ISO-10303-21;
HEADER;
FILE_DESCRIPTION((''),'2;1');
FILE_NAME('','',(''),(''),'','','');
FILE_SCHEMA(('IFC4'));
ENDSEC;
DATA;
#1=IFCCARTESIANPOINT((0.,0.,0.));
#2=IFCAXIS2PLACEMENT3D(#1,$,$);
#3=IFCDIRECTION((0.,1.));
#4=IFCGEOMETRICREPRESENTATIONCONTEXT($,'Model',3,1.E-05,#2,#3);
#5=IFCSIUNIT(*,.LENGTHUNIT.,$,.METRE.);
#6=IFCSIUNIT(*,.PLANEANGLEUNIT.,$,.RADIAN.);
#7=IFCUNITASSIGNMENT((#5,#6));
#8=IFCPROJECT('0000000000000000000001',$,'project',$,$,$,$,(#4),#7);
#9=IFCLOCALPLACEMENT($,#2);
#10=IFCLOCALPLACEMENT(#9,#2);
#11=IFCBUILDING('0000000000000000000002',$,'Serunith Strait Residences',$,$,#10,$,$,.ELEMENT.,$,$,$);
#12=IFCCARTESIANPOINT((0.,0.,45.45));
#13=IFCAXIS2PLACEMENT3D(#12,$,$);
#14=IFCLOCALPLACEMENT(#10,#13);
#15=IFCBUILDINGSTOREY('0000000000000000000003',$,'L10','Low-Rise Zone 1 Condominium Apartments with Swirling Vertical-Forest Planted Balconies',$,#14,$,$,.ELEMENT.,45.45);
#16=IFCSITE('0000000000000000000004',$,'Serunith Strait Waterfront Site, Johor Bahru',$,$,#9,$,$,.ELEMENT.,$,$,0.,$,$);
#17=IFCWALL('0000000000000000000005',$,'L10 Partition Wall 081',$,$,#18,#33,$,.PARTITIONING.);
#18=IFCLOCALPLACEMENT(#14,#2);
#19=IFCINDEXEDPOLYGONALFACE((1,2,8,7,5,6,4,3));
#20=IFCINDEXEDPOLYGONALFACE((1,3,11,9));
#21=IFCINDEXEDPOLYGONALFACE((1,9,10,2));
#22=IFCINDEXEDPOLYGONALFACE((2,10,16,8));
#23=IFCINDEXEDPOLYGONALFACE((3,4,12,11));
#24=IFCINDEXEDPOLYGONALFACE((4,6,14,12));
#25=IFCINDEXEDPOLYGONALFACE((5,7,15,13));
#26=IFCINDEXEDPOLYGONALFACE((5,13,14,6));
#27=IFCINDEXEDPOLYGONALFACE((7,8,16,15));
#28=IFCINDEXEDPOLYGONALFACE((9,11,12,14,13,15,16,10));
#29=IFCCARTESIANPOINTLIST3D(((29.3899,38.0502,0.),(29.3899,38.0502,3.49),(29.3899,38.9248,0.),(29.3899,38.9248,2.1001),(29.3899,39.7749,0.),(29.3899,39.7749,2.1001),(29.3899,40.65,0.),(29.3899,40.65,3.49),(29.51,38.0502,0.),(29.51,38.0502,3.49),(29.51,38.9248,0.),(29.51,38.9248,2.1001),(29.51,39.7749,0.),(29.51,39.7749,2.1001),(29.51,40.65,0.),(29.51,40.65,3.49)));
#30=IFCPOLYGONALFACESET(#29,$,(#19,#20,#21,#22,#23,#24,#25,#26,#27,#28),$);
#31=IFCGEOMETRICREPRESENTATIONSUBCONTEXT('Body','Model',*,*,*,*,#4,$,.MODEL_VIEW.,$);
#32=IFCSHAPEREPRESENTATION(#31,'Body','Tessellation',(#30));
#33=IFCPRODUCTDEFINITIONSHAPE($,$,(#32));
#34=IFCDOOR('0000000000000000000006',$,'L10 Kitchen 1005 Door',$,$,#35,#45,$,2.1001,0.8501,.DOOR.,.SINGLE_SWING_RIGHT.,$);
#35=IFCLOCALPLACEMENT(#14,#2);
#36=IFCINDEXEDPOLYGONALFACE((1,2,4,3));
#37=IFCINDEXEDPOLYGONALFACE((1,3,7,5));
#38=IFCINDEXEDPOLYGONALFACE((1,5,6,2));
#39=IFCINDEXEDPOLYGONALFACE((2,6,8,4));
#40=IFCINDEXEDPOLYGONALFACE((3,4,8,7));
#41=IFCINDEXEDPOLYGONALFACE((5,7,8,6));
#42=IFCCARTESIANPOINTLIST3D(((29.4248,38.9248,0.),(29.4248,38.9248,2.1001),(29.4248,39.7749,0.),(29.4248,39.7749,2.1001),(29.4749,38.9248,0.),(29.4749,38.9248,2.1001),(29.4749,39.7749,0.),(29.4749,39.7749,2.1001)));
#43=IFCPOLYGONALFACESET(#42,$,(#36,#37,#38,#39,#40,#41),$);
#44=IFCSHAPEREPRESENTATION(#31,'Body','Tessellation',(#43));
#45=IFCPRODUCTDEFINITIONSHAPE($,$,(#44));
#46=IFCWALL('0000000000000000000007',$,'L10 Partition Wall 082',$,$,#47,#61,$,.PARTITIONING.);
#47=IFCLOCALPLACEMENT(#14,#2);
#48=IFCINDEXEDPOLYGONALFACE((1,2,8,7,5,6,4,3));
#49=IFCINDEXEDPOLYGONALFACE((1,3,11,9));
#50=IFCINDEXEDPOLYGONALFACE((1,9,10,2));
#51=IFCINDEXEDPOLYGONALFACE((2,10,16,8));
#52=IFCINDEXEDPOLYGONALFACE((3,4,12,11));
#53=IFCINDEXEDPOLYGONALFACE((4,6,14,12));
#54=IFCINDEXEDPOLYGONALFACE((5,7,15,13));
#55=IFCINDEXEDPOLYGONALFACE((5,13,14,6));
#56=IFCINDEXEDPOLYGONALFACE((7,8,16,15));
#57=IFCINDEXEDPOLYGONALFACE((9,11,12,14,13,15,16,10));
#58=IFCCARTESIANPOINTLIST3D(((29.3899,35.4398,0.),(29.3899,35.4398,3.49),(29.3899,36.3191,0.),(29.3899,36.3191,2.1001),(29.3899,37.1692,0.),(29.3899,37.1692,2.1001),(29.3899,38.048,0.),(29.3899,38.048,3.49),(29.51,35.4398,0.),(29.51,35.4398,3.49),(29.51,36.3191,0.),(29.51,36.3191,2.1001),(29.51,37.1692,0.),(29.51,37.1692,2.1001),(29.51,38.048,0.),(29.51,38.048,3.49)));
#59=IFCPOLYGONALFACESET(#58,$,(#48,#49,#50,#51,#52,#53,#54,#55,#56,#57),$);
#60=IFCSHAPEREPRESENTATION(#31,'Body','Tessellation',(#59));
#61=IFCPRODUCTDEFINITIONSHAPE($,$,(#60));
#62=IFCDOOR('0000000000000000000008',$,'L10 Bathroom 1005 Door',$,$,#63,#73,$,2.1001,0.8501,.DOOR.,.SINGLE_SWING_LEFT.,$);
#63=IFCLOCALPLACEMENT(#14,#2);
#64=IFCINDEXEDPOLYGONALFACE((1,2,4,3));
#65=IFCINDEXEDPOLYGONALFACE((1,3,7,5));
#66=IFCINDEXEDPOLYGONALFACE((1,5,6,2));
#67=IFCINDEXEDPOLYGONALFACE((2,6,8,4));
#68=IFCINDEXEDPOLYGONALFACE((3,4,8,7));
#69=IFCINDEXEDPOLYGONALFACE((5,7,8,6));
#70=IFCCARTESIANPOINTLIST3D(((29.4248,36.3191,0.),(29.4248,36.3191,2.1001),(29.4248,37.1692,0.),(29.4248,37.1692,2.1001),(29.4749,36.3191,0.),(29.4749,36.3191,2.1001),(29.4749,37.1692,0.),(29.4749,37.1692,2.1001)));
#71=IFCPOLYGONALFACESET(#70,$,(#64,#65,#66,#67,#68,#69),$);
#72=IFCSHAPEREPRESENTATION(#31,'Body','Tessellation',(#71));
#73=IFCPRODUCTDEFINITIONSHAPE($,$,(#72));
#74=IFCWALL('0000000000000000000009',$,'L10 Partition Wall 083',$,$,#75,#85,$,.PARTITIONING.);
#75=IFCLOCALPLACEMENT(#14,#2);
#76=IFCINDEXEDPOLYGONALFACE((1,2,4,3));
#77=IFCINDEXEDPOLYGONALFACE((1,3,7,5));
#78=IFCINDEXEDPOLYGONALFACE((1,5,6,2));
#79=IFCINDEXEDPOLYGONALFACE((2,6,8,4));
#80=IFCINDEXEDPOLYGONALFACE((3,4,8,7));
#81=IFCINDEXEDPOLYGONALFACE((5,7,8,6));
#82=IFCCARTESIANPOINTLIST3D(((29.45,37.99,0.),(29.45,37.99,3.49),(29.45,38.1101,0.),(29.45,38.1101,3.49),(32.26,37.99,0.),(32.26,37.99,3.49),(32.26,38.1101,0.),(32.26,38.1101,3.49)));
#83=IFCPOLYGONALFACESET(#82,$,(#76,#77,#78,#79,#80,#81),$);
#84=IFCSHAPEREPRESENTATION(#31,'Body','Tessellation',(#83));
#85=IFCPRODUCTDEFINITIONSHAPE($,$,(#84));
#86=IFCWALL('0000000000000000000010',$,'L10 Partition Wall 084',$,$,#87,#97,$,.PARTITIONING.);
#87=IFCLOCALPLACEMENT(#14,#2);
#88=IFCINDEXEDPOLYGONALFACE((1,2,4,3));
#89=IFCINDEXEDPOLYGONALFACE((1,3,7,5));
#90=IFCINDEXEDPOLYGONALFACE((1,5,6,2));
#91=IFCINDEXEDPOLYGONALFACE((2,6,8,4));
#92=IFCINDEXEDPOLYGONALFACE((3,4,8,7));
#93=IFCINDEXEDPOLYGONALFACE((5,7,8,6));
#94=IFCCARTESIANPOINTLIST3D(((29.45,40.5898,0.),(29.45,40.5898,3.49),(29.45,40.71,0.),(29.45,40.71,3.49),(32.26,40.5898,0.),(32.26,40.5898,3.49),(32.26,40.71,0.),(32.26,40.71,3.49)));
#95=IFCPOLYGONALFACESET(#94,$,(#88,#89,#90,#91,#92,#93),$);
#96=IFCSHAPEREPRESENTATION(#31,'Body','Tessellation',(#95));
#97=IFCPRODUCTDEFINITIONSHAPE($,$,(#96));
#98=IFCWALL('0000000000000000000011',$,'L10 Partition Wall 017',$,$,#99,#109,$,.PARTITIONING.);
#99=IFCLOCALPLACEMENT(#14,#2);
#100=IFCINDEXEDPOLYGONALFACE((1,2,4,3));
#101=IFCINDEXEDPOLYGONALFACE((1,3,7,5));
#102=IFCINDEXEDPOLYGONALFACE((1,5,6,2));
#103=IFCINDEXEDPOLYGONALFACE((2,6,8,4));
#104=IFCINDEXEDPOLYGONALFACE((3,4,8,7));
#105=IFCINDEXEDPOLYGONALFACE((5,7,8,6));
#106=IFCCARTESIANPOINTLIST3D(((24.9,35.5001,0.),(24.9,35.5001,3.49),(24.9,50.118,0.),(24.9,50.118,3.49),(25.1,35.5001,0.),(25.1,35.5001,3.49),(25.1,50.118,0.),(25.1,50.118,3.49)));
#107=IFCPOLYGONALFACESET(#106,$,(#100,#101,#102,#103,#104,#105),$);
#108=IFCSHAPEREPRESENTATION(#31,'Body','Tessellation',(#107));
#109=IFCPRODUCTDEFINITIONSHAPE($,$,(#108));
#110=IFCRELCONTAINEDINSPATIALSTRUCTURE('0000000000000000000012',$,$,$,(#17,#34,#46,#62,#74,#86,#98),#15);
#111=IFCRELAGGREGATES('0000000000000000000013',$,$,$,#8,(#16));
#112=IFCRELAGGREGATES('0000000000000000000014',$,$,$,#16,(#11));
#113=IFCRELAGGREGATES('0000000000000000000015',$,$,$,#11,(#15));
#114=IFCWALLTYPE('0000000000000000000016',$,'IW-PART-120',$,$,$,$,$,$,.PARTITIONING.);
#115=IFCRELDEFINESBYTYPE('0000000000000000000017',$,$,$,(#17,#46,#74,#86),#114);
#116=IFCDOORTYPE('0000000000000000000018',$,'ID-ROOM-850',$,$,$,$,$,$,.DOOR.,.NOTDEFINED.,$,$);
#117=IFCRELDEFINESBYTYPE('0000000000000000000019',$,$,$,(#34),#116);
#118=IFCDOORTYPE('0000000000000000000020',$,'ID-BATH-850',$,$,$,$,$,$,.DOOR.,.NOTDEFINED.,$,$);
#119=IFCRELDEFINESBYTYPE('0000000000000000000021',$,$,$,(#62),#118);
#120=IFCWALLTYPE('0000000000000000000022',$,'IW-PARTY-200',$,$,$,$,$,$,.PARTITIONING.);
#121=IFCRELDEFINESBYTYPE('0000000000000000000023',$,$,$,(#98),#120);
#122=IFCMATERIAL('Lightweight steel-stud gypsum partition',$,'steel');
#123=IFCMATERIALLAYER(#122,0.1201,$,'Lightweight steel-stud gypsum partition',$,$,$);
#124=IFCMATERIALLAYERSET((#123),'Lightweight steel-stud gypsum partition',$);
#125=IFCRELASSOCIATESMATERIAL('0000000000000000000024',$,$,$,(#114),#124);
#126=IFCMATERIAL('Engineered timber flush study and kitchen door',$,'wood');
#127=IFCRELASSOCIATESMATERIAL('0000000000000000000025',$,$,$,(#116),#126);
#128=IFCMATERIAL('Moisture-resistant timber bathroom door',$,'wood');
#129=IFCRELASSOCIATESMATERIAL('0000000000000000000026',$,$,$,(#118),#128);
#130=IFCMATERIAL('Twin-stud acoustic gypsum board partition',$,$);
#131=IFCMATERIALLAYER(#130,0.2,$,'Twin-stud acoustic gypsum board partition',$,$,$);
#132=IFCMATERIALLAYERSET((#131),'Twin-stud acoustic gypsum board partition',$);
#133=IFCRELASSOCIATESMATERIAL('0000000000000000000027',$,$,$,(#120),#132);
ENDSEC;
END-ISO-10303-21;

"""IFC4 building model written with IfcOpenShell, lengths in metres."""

from ifc_helpers import new_model, si_unit, direction, frame, frame_2d, origin, place, context, subcontext, project, spatial, rectangle, extrude, source, transform, mapped, material, layer, layer_set, type_object, element, fill, save


model = new_model("IFC4")

# Units and contexts
model_context = context("Model", 3, precision=1e-05, world=origin(), true_north=direction((0.0, 1.0)))
body_context = subcontext(model_context, "Body", "Model", "MODEL_VIEW")
ifc_project = project(units=[si_unit("LENGTHUNIT", "METRE"), si_unit("PLANEANGLEUNIT", "RADIAN")], contexts=[model_context])

# Site, building, storey
site_placement = place(None, origin())
site = spatial("IfcSite", under=ifc_project, at=site_placement, Name="Serunith Strait Waterfront Site, Johor Bahru", CompositionType="ELEMENT", RefElevation=0.0)
building_placement = place(site_placement, origin())
building = spatial("IfcBuilding", under=site, at=building_placement, Name="Serunith Strait Residences", CompositionType="ELEMENT")
storey_placement = place(building_placement, frame((0.0, 0.0, 45.45)))
storey = spatial("IfcBuildingStorey", under=building, at=storey_placement, Name="L10", Description="Low-Rise Zone 1 Condominium Apartments with Swirling Vertical-Forest Planted Balconies", CompositionType="ELEMENT", Elevation=45.45)

# Shared definitions
ifc_material_1 = material(Name="Lightweight steel-stud gypsum partition", Category="steel")
ifc_layer_1 = layer(ifc_material_1, 0.1201, Name="Lightweight steel-stud gypsum partition")
ifc_layer_set_1 = layer_set([ifc_layer_1], Name="Lightweight steel-stud gypsum partition")
wall_type_1 = type_object("IfcWallType", Name="IW-PART-120", PredefinedType="PARTITIONING", material=ifc_layer_set_1)
ifc_material_2 = material(Name="Engineered timber flush study and kitchen door", Category="wood")
door_type_1 = type_object("IfcDoorType", Name="ID-ROOM-850", OperationType="NOTDEFINED", PredefinedType="DOOR", material=ifc_material_2)
shared_shape_1 = source(origin(), body_context, "Body", "SweptSolid", [
    extrude(rectangle(XDim=0.8501, YDim=2.1001, at=frame_2d((0.425, 1.05))), frame((0.0, 0.0249, 0.0), z_axis=(0.0, -1.0, 0.0), x_axis=(1.0, 0.0, 0.0)), (0.0, 0.0, 1.0), 0.05),
])

# Walls, openings, doors
wall_1_placement = place(storey_placement, frame((29.45, 40.6499, 0.0), z_axis=(0.0, 0.0, 1.0), x_axis=(0.0, -1.0, 0.0)))
wall_1 = element("IfcWall", 1, at=wall_1_placement, inside=storey, type_object=wall_type_1, Name="L10 Partition Wall 081", PredefinedType="PARTITIONING", context=body_context, shape_type="SweptSolid", body=[
    extrude(rectangle(XDim=2.5999, YDim=0.1201, at=frame_2d((1.2998, 0.0))), origin(), (0.0, 0.0, 1.0), 3.49),
])
opening_1_placement = place(wall_1_placement, frame((0.875, 0.0, 0.0)))
opening_1 = element("IfcOpeningElement", 2, at=opening_1_placement, cuts=wall_1, PredefinedType="OPENING", context=body_context, shape_type="SweptSolid", body=[
    extrude(rectangle(XDim=0.8501, YDim=2.1001, at=frame_2d((0.425, 1.05))), frame((0.0, 0.0701, 0.0), z_axis=(0.0, -1.0, 0.0), x_axis=(1.0, 0.0, 0.0)), (0.0, 0.0, 1.0), 0.1401),
])
door_1_placement = place(opening_1_placement, origin())
door_1 = element("IfcDoor", 3, at=door_1_placement, inside=storey, type_object=door_type_1, Name="L10 Kitchen 1005 Door", OperationType="SINGLE_SWING_RIGHT", OverallHeight=2.1001, OverallWidth=0.8501, PredefinedType="DOOR", context=body_context, shape_type="MappedRepresentation", body=[
    mapped(shared_shape_1, transform((0.0, 0.0, 0.0), scale=1.0)),
])
fill(opening_1, door_1)
wall_2_placement = place(storey_placement, frame((29.45, 38.0481, 0.0), z_axis=(0.0, 0.0, 1.0), x_axis=(0.0, -1.0, 0.0)))
wall_2 = element("IfcWall", 4, at=wall_2_placement, inside=storey, type_object=wall_type_1, Name="L10 Partition Wall 082", PredefinedType="PARTITIONING", context=body_context, shape_type="SweptSolid", body=[
    extrude(rectangle(XDim=2.6082, YDim=0.1201, at=frame_2d((1.3042, 0.0))), origin(), (0.0, 0.0, 1.0), 3.49),
])
opening_2_placement = place(wall_2_placement, frame((0.8789, 0.0, 0.0)))
opening_2 = element("IfcOpeningElement", 5, at=opening_2_placement, cuts=wall_2, PredefinedType="OPENING", context=body_context, shape_type="SweptSolid", body=[
    extrude(rectangle(XDim=0.8501, YDim=2.1001, at=frame_2d((0.425, 1.05))), frame((0.0, 0.0701, 0.0), z_axis=(0.0, -1.0, 0.0), x_axis=(1.0, 0.0, 0.0)), (0.0, 0.0, 1.0), 0.1401),
])
ifc_material_3 = material(Name="Moisture-resistant timber bathroom door", Category="wood")
door_type_2 = type_object("IfcDoorType", Name="ID-BATH-850", OperationType="NOTDEFINED", PredefinedType="DOOR", material=ifc_material_3)
door_2_placement = place(opening_2_placement, origin())
door_2 = element("IfcDoor", 6, at=door_2_placement, inside=storey, type_object=door_type_2, Name="L10 Bathroom 1005 Door", OperationType="SINGLE_SWING_LEFT", OverallHeight=2.1001, OverallWidth=0.8501, PredefinedType="DOOR", context=body_context, shape_type="MappedRepresentation", body=[
    mapped(shared_shape_1, transform((0.0, 0.0, 0.0), scale=1.0)),
])
fill(opening_2, door_2)

# Walls
for number, where, z_axis, x_axis, name in (
    (7, (29.45, 38.05, 0.0), (0.0, 0.0, 1.0), (1.0, 0.0, 0.0), "L10 Partition Wall 083"),
    (8, (29.45, 40.6499, 0.0), (0.0, 0.0, 1.0), (1.0, 0.0, 0.0), "L10 Partition Wall 084"),
):
    element("IfcWall", number, at=place(storey_placement, frame(where, z_axis=z_axis, x_axis=x_axis)), inside=storey, type_object=wall_type_1, Name=name, PredefinedType="PARTITIONING", context=body_context, shape_type="SweptSolid", body=[
        extrude(rectangle(XDim=2.8101, YDim=0.1201, at=frame_2d((1.405, 0.0))), origin(), (0.0, 0.0, 1.0), 3.49),
    ])
ifc_material_4 = material(Name="Twin-stud acoustic gypsum board partition")
ifc_layer_2 = layer(ifc_material_4, 0.2, Name="Twin-stud acoustic gypsum board partition")
ifc_layer_set_2 = layer_set([ifc_layer_2], Name="Twin-stud acoustic gypsum board partition")
wall_type_2 = type_object("IfcWallType", Name="IW-PARTY-200", PredefinedType="PARTITIONING", material=ifc_layer_set_2)
wall_3_placement = place(storey_placement, frame((25.0, 35.5, 0.0), z_axis=(0.0, 0.0, 1.0), x_axis=(0.0, 1.0, 0.0)))
element("IfcWall", 9, at=wall_3_placement, inside=storey, type_object=wall_type_2, Name="L10 Partition Wall 017", PredefinedType="PARTITIONING", context=body_context, shape_type="SweptSolid", body=[
    extrude(rectangle(XDim=14.6179, YDim=0.2, at=frame_2d((7.3091, 0.0))), origin(), (0.0, 0.0, 1.0), 3.49),
])

save(model, "model.ifc")
